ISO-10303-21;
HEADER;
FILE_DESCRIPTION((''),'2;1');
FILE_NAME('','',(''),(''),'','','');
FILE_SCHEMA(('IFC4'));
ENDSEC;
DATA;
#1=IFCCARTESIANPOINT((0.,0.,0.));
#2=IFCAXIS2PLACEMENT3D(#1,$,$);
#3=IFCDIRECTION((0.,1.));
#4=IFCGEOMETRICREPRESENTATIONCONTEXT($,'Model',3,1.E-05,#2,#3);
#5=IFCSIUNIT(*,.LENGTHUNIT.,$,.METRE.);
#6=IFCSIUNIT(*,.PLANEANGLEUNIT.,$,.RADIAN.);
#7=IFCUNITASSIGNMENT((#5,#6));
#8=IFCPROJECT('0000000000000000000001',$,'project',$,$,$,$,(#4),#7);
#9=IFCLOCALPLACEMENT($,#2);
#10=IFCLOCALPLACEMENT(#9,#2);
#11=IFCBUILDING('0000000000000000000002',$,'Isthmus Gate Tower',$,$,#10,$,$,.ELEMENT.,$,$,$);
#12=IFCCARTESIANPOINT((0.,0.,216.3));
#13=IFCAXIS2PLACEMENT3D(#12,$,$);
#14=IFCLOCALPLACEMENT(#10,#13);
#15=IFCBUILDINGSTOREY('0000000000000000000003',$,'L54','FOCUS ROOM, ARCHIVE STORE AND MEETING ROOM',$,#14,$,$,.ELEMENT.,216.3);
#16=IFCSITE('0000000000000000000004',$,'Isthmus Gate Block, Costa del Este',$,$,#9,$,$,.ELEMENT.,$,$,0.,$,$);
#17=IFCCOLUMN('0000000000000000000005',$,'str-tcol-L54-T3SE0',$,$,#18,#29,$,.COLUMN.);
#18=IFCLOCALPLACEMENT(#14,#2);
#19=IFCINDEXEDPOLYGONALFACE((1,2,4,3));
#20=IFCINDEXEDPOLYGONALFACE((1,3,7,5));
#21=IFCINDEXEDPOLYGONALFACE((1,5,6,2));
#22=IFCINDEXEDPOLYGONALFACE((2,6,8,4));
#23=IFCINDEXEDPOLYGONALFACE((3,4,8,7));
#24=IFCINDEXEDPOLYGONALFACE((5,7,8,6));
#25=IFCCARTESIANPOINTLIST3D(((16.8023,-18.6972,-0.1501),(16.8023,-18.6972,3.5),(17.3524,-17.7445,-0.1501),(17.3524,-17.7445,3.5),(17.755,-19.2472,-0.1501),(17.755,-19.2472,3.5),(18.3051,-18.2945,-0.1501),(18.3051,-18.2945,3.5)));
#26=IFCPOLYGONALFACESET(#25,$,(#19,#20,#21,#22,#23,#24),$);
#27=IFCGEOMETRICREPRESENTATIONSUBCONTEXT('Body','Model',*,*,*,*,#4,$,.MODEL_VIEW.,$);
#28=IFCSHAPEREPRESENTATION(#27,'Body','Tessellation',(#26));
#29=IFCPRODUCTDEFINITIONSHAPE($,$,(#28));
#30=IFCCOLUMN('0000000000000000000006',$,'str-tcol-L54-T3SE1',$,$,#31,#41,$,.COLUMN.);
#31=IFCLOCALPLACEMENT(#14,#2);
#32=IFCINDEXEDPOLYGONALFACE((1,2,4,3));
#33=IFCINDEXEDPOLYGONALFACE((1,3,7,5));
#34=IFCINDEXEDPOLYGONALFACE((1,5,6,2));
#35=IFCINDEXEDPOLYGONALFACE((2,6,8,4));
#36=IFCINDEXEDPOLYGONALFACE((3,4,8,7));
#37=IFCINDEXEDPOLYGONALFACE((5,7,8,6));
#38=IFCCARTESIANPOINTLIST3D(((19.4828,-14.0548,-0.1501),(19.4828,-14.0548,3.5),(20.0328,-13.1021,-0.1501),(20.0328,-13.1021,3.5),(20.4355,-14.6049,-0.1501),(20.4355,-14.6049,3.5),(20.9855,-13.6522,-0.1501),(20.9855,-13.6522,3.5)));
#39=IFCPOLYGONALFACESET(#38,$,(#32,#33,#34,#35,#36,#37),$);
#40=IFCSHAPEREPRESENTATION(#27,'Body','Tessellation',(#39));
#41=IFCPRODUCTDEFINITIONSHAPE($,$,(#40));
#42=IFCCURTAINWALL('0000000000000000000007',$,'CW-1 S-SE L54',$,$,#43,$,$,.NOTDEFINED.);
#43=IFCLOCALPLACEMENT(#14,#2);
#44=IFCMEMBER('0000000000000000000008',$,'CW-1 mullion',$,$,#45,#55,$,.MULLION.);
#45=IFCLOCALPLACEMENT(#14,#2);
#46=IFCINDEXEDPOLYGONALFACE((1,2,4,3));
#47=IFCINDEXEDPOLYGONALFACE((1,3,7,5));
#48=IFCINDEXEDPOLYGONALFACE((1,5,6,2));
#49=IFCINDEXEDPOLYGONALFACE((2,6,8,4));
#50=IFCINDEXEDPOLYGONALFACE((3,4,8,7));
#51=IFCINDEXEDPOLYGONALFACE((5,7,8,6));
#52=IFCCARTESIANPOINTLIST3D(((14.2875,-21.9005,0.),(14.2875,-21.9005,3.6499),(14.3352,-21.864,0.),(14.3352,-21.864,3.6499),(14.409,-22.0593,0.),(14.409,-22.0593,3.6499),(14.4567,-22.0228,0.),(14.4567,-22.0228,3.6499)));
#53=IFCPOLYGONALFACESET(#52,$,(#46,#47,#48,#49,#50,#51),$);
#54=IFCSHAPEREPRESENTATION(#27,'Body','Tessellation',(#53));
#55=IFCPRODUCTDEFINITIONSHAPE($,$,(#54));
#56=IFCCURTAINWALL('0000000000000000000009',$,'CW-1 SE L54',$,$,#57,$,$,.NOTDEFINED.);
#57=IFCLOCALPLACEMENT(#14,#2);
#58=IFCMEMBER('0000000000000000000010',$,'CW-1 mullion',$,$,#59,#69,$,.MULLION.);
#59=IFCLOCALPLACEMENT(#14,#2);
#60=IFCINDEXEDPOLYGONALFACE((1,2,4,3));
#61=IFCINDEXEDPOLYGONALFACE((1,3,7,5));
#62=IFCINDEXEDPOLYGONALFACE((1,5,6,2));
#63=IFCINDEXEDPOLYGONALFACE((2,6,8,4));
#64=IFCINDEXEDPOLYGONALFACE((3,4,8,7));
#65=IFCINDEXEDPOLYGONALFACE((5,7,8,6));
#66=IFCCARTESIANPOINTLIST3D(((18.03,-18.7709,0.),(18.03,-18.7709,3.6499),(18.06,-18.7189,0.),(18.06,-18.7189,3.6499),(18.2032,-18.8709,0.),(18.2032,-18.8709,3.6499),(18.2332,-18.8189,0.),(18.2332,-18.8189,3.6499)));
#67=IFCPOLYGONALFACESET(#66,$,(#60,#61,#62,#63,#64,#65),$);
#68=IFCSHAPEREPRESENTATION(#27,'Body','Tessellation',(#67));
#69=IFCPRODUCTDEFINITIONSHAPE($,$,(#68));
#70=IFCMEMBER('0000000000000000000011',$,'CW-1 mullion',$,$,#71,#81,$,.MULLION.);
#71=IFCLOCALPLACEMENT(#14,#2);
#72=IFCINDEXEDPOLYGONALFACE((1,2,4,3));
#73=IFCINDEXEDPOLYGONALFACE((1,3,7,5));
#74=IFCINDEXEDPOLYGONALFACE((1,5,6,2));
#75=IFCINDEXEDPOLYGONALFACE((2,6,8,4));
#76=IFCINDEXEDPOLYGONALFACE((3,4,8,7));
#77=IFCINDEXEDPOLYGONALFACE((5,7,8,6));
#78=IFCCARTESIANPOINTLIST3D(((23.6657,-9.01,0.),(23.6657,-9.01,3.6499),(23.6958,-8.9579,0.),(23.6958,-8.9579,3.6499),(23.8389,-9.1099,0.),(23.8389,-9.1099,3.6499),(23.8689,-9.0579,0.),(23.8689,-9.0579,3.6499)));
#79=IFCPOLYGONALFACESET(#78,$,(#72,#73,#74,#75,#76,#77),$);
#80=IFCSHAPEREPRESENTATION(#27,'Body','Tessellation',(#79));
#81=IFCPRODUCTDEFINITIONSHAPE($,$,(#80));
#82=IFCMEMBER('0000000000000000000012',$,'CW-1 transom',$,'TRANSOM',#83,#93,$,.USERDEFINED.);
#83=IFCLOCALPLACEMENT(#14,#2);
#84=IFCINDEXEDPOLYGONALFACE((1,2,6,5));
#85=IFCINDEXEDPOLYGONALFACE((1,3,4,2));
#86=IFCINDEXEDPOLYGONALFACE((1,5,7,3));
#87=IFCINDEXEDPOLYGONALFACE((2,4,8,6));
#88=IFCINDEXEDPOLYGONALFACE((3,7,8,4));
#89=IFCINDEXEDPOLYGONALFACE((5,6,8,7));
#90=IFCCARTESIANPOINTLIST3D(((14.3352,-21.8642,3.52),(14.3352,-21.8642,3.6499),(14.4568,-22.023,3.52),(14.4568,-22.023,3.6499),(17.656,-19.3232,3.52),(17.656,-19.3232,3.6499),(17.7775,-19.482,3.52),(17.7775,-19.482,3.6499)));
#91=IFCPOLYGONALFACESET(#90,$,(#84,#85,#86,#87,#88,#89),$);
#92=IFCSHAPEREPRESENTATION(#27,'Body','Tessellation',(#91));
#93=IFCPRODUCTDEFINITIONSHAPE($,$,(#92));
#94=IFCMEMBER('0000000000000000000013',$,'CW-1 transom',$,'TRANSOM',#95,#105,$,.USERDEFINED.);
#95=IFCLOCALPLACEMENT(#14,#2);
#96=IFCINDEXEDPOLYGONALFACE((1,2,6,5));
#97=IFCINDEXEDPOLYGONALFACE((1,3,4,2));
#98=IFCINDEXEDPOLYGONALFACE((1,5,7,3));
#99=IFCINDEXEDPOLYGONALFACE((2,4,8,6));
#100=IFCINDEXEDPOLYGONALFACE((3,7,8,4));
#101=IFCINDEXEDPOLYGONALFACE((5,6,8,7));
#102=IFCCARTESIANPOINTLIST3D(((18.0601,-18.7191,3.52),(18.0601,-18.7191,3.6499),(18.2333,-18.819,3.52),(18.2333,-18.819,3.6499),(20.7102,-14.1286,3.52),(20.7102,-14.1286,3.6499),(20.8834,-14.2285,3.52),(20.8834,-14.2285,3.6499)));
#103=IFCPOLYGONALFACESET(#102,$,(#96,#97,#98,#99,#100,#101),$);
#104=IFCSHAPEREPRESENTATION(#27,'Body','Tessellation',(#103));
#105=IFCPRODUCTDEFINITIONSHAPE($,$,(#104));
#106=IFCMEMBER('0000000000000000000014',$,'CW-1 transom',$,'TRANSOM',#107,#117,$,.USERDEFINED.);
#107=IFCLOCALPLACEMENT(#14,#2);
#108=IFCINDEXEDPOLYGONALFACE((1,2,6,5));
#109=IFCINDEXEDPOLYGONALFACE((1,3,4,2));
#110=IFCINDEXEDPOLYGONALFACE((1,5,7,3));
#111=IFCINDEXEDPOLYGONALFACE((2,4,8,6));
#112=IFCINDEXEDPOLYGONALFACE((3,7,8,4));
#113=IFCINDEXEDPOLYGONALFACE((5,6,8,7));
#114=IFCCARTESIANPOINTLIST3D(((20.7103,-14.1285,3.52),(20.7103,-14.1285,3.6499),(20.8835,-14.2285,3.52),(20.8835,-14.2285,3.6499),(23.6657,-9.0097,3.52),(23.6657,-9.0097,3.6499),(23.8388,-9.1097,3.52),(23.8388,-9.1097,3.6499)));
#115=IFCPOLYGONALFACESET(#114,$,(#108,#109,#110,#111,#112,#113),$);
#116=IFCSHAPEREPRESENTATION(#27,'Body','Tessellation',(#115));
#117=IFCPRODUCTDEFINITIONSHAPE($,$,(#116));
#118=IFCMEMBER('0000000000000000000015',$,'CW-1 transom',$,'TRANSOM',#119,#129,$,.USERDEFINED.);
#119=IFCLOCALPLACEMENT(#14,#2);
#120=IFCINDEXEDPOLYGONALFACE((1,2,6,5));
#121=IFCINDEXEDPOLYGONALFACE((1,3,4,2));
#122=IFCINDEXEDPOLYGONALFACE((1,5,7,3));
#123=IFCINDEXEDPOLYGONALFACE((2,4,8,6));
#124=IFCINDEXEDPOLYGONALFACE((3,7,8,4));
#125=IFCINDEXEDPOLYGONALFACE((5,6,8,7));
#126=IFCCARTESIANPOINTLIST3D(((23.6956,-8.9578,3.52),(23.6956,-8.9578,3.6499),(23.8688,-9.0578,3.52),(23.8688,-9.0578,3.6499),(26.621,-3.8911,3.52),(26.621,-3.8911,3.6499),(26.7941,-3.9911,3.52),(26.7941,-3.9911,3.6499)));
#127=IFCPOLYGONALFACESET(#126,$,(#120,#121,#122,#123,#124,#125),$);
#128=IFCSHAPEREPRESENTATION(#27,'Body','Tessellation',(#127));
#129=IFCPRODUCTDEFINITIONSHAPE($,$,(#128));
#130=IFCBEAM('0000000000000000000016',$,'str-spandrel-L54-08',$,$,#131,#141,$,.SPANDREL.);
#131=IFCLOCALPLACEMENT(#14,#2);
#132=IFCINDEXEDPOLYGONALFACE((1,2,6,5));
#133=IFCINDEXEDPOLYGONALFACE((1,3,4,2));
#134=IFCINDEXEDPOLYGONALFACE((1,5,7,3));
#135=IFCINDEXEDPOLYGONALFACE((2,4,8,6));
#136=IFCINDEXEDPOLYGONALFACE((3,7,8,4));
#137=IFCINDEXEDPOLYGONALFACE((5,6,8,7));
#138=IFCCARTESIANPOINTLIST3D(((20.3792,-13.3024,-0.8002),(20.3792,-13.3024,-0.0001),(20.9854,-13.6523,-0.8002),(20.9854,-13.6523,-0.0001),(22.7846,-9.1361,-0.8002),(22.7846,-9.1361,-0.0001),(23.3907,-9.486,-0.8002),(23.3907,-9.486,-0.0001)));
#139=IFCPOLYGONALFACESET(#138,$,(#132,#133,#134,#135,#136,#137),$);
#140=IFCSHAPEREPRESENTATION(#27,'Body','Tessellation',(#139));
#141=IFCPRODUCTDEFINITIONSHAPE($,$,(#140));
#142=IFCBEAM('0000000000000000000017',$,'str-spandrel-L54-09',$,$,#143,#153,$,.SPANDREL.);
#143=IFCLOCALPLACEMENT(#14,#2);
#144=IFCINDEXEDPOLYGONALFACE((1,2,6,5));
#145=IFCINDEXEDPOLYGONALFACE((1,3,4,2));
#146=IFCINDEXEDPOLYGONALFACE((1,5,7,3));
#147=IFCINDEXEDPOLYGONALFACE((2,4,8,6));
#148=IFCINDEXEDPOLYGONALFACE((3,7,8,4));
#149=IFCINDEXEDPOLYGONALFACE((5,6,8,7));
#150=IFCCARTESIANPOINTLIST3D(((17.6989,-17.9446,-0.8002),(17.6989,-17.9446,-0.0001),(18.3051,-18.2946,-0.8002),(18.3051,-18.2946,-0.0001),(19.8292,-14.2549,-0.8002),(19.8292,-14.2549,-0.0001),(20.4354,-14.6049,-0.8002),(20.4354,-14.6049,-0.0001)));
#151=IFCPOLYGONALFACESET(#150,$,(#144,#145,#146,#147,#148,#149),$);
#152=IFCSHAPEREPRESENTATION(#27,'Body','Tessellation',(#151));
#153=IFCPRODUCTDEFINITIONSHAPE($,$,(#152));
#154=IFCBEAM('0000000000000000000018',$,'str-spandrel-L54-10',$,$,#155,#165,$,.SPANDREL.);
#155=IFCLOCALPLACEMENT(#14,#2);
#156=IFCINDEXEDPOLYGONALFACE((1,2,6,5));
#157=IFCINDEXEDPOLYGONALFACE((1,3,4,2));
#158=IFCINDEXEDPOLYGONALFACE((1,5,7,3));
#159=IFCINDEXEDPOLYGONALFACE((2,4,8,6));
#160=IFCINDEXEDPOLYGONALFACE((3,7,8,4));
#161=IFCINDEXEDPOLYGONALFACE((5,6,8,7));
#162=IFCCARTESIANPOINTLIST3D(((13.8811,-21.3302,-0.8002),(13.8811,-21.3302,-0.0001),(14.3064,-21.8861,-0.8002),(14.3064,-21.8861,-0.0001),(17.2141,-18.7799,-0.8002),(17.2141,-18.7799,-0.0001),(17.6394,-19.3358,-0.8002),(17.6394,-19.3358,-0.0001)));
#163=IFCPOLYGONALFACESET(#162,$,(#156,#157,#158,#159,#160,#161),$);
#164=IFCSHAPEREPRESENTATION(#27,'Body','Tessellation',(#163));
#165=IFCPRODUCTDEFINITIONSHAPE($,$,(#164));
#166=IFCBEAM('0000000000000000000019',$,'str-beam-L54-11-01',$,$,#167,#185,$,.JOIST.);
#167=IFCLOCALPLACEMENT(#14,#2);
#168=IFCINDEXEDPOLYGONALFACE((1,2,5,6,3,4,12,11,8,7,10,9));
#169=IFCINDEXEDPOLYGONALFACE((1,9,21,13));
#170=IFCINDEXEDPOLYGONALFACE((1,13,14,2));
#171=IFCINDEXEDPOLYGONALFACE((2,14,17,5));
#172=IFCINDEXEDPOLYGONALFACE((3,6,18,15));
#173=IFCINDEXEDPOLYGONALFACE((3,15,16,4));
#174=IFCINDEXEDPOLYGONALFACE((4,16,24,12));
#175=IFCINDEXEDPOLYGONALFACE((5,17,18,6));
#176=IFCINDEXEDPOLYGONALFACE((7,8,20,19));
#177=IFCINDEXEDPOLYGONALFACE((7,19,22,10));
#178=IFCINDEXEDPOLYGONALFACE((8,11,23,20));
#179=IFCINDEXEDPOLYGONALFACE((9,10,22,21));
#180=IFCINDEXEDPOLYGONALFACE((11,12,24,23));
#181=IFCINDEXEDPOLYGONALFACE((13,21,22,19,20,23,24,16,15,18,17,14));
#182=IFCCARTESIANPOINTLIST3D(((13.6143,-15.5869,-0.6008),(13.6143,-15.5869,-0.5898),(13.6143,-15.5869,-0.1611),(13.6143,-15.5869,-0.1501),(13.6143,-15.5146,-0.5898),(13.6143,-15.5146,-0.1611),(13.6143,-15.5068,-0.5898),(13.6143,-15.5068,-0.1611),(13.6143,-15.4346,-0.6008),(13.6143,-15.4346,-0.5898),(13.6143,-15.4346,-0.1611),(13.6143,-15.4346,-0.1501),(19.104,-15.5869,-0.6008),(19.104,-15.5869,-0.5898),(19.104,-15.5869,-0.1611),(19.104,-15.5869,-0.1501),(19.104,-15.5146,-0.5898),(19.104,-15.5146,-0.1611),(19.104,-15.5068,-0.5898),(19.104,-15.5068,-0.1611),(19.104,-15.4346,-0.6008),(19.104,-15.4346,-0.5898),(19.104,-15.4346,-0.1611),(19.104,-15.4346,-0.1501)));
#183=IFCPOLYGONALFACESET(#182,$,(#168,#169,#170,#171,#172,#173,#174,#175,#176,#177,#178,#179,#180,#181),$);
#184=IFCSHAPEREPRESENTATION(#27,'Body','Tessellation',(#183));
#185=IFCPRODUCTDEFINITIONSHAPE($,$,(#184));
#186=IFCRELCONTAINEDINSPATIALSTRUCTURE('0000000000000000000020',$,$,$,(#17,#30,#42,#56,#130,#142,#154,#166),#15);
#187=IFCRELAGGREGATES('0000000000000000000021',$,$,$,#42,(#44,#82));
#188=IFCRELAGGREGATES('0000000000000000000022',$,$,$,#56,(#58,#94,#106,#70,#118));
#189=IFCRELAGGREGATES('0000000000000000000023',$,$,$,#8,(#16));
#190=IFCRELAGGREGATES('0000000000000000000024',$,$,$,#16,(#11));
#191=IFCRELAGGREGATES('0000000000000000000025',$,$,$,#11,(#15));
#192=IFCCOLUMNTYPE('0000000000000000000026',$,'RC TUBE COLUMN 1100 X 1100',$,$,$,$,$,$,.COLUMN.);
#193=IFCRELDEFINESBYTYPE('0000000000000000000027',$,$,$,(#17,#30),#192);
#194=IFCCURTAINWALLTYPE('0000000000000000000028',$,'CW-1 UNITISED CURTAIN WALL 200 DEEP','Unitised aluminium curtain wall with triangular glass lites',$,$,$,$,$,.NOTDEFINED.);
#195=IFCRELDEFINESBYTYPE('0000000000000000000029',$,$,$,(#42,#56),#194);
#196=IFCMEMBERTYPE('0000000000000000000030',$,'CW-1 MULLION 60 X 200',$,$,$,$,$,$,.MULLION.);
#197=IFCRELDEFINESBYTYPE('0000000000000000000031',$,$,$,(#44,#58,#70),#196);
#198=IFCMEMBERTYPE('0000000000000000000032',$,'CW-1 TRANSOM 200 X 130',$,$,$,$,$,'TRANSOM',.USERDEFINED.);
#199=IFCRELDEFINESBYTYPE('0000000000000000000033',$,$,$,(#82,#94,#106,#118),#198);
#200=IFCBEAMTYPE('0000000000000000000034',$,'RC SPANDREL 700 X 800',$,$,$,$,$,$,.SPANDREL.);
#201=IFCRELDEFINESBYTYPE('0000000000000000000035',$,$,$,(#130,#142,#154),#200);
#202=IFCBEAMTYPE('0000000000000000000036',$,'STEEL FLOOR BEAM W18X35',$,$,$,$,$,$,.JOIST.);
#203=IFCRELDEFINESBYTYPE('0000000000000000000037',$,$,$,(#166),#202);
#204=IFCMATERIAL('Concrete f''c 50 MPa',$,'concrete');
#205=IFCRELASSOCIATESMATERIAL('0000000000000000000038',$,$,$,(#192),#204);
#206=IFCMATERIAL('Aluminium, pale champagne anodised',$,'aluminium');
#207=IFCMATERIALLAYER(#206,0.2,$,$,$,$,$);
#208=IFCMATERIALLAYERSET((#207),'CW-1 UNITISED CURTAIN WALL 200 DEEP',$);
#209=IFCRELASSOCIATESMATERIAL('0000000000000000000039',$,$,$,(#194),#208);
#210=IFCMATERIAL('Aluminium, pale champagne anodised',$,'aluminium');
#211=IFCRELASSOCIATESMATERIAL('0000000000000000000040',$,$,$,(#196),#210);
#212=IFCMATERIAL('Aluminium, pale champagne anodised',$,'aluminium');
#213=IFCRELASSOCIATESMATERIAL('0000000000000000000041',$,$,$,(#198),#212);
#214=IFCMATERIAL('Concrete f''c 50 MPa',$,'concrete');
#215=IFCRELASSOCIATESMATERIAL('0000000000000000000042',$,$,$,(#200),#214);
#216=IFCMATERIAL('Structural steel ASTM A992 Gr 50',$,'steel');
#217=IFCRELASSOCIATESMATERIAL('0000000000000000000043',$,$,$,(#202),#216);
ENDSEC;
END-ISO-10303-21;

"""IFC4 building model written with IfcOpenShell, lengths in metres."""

from ifc_helpers import new_model, si_unit, direction, frame, origin, origin_2d, place, context, subcontext, project, spatial, rectangle, i_section, extrude, material, layer, layer_set, material_profile, profile_set, type_object, element, aggregate, save


model = new_model("IFC4")

# Units and contexts
model_context = context("Model", 3, precision=1e-05, world=origin(), true_north=direction((0.0, 1.0)))
body_context = subcontext(model_context, "Body", "Model", "MODEL_VIEW")
ifc_project = project(units=[si_unit("LENGTHUNIT", "METRE"), si_unit("PLANEANGLEUNIT", "RADIAN")], contexts=[model_context])

# Site, building, storey
site_placement = place(None, origin())
site = spatial("IfcSite", under=ifc_project, at=site_placement, Name="Isthmus Gate Block, Costa del Este", CompositionType="ELEMENT", RefElevation=0.0)
building_placement = place(site_placement, origin())
building = spatial("IfcBuilding", under=site, at=building_placement, Name="Isthmus Gate Tower", CompositionType="ELEMENT")
storey_placement = place(building_placement, frame((0.0, 0.0, 216.3)))
storey = spatial("IfcBuildingStorey", under=building, at=storey_placement, Name="L54", Description="FOCUS ROOM, ARCHIVE STORE AND MEETING ROOM", CompositionType="ELEMENT", Elevation=216.3)

# Columns
ifc_material_1 = material(Name="Concrete f'c 50 MPa", Category="concrete")
ifc_material_profile_1 = material_profile(ifc_material_1, rectangle(XDim=1.1001, YDim=1.1001, at=origin_2d()), Name="RC 1100X1100")
ifc_profile_set_1 = profile_set([ifc_material_profile_1], Name="Concrete f'c 50 MPa")
column_type = type_object("IfcColumnType", Name="RC TUBE COLUMN 1100 X 1100", PredefinedType="COLUMN", material=ifc_profile_set_1)
for number, where, z_axis, x_axis, name in (
    (1, (17.5537, -18.4958, -0.1501), (0.0, 0.0, 1.0), (0.5, 0.866025, 0.0), "str-tcol-L54-T3SE0"),
    (2, (20.2341, -13.8535, -0.1501), (0.0, 0.0, 1.0), (0.5, 0.866025, 0.0), "str-tcol-L54-T3SE1"),
):
    element("IfcColumn", number, at=place(storey_placement, frame(where, z_axis=z_axis, x_axis=x_axis)), inside=storey, type_object=column_type, Name=name, PredefinedType="COLUMN", context=body_context, shape_type="SweptSolid", body=[
        extrude(rectangle(XDim=1.1001, YDim=1.1001, at=origin_2d()), origin(), (0.0, 0.0, 1.0), 3.6501),
    ])

# Curtain wall, member
ifc_material_2 = material(Name="Aluminium, pale champagne anodised", Category="aluminium")
ifc_layer_1 = layer(ifc_material_2, 0.2)
ifc_layer_set_1 = layer_set([ifc_layer_1], Name="CW-1 UNITISED CURTAIN WALL 200 DEEP")
curtain_wall_type = type_object("IfcCurtainWallType", Name="CW-1 UNITISED CURTAIN WALL 200 DEEP", Description="Unitised aluminium curtain wall with triangular glass lites", PredefinedType="NOTDEFINED", material=ifc_layer_set_1)
curtain_wall_1_placement = place(storey_placement, origin())
curtain_wall_1 = element("IfcCurtainWall", 3, at=curtain_wall_1_placement, inside=storey, type_object=curtain_wall_type, Name="CW-1 S-SE L54", PredefinedType="NOTDEFINED")
ifc_material_3 = material(Name="Aluminium, pale champagne anodised", Category="aluminium")
ifc_material_profile_2 = material_profile(ifc_material_3, rectangle(XDim=0.0601, YDim=0.2, at=origin_2d()), Name="60x200")
ifc_profile_set_2 = profile_set([ifc_material_profile_2], Name="Aluminium, pale champagne anodised")
member_type_1 = type_object("IfcMemberType", Name="CW-1 MULLION 60 X 200", PredefinedType="MULLION", material=ifc_profile_set_2)
member_1_placement = place(storey_placement, frame((14.3721, -21.9617, 0.0), z_axis=(0.0, 0.0, 1.0), x_axis=(0.794189, 0.607671, 0.0)))
member_1 = element("IfcMember", 4, at=member_1_placement, type_object=member_type_1, Name="CW-1 mullion", PredefinedType="MULLION", context=body_context, shape_type="SweptSolid", body=[
    extrude(rectangle(XDim=0.0601, YDim=0.2, at=origin_2d()), origin(), (0.0, 0.0, 1.0), 3.6499),
])

# Curtain wall, members
curtain_wall_2_placement = place(storey_placement, origin())
curtain_wall_2 = element("IfcCurtainWall", 5, at=curtain_wall_2_placement, inside=storey, type_object=curtain_wall_type, Name="CW-1 SE L54", PredefinedType="NOTDEFINED")
member_2_placement = place(storey_placement, frame((18.1316, -18.7949, 0.0), z_axis=(0.0, 0.0, 1.0), x_axis=(0.5, 0.866025, 0.0)))
member_2 = element("IfcMember", 6, at=member_2_placement, type_object=member_type_1, Name="CW-1 mullion", PredefinedType="MULLION", context=body_context, shape_type="SweptSolid", body=[
    extrude(rectangle(XDim=0.0601, YDim=0.2, at=origin_2d()), origin(), (0.0, 0.0, 1.0), 3.6499),
])
member_3_placement = place(storey_placement, frame((23.7673, -9.0339, 0.0), z_axis=(0.0, 0.0, 1.0), x_axis=(0.5, 0.866025, 0.0)))
member_3 = element("IfcMember", 7, at=member_3_placement, type_object=member_type_1, Name="CW-1 mullion", PredefinedType="MULLION", context=body_context, shape_type="SweptSolid", body=[
    extrude(rectangle(XDim=0.0601, YDim=0.2, at=origin_2d()), origin(), (0.0, 0.0, 1.0), 3.6499),
])

# Members
ifc_material_4 = material(Name="Aluminium, pale champagne anodised", Category="aluminium")
ifc_material_profile_3 = material_profile(ifc_material_4, rectangle(XDim=0.2, YDim=0.1299, at=origin_2d()), Name="200x130")
ifc_profile_set_3 = profile_set([ifc_material_profile_3], Name="Aluminium, pale champagne anodised")
member_type_2 = type_object("IfcMemberType", Name="CW-1 TRANSOM 200 X 130", ElementType="TRANSOM", PredefinedType="USERDEFINED", material=ifc_profile_set_3)
member_4_placement = place(storey_placement, frame((14.396, -21.9436, 3.585), z_axis=(0.794175, 0.607688, 0.0), x_axis=(-0.607688, 0.794175, 0.0)))
member_4 = element("IfcMember", 8, at=member_4_placement, type_object=member_type_2, Name="CW-1 transom", ObjectType="TRANSOM", PredefinedType="USERDEFINED", context=body_context, shape_type="SweptSolid", body=[
    extrude(rectangle(XDim=0.2, YDim=0.1299, at=origin_2d()), origin(), (0.0, 0.0, 1.0), 4.1814),
])
member_5_placement = place(storey_placement, frame((18.1467, -18.769, 3.585), z_axis=(0.499968, 0.866044, 0.0), x_axis=(-0.866044, 0.499968, 0.0)))
member_5 = element("IfcMember", 9, at=member_5_placement, type_object=member_type_2, Name="CW-1 transom", ObjectType="TRANSOM", PredefinedType="USERDEFINED", context=body_context, shape_type="SweptSolid", body=[
    extrude(rectangle(XDim=0.2, YDim=0.1299, at=origin_2d()), origin(), (0.0, 0.0, 1.0), 5.3005),
])
member_6_placement = place(storey_placement, frame((20.7969, -14.1785, 3.585), z_axis=(0.500008, 0.86602, 0.0), x_axis=(-0.86602, 0.500008, 0.0)))
member_6 = element("IfcMember", 10, at=member_6_placement, type_object=member_type_2, Name="CW-1 transom", ObjectType="TRANSOM", PredefinedType="USERDEFINED", context=body_context, shape_type="SweptSolid", body=[
    extrude(rectangle(XDim=0.2, YDim=0.1299, at=origin_2d()), origin(), (0.0, 0.0, 1.0), 5.9106),
])
member_7_placement = place(storey_placement, frame((23.7822, -9.0078, 3.585), z_axis=(0.500008, 0.866021, 0.0), x_axis=(-0.866021, 0.500008, 0.0)))
member_7 = element("IfcMember", 11, at=member_7_placement, type_object=member_type_2, Name="CW-1 transom", ObjectType="TRANSOM", PredefinedType="USERDEFINED", context=body_context, shape_type="SweptSolid", body=[
    extrude(rectangle(XDim=0.2, YDim=0.1299, at=origin_2d()), origin(), (0.0, 0.0, 1.0), 5.8506),
])

# Beams
ifc_material_5 = material(Name="Concrete f'c 50 MPa", Category="concrete")
ifc_material_profile_4 = material_profile(ifc_material_5, rectangle(XDim=0.7, YDim=0.8, at=origin_2d()), Name="RC 700X800")
ifc_profile_set_4 = profile_set([ifc_material_profile_4], Name="Concrete f'c 50 MPa")
beam_type_1 = type_object("IfcBeamType", Name="RC SPANDREL 700 X 800", PredefinedType="SPANDREL", material=ifc_profile_set_4)
beam_1_placement = place(storey_placement, frame((23.0876, -9.311, -0.4001), z_axis=(-0.499982, -0.866036, 0.0), x_axis=(0.866036, -0.499982, 0.0)))
element("IfcBeam", 12, at=beam_1_placement, inside=storey, type_object=beam_type_1, Name="str-spandrel-L54-08", PredefinedType="SPANDREL", context=body_context, shape_type="SweptSolid", body=[
    extrude(rectangle(XDim=0.7, YDim=0.8, at=origin_2d()), origin(), (0.0, 0.0, 1.0), 4.8108),
])
beam_2_placement = place(storey_placement, frame((20.1323, -14.4299, -0.4001), z_axis=(-0.500022, -0.866013, 0.0), x_axis=(0.866013, -0.500022, 0.0)))
element("IfcBeam", 13, at=beam_2_placement, inside=storey, type_object=beam_type_1, Name="str-spandrel-L54-09", PredefinedType="SPANDREL", context=body_context, shape_type="SweptSolid", body=[
    extrude(rectangle(XDim=0.7, YDim=0.8, at=origin_2d()), origin(), (0.0, 0.0, 1.0), 4.2605),
])
beam_3_placement = place(storey_placement, frame((17.4268, -19.0579, -0.4001), z_axis=(-0.794183, -0.607679, 0.0), x_axis=(0.607679, -0.794183, 0.0)))
element("IfcBeam", 14, at=beam_3_placement, inside=storey, type_object=beam_type_1, Name="str-spandrel-L54-10", PredefinedType="SPANDREL", context=body_context, shape_type="SweptSolid", body=[
    extrude(rectangle(XDim=0.7, YDim=0.8, at=origin_2d()), origin(), (0.0, 0.0, 1.0), 4.1968),
])
ifc_material_6 = material(Name="Structural steel ASTM A992 Gr 50", Category="steel")
ifc_material_profile_5 = material_profile(ifc_material_6, i_section(OverallWidth=0.1523, OverallDepth=0.4507, WebThickness=0.0078, FlangeThickness=0.011, at=origin_2d()), Name="W18X35")
ifc_profile_set_5 = profile_set([ifc_material_profile_5], Name="Structural steel ASTM A992 Gr 50")
beam_type_2 = type_object("IfcBeamType", Name="STEEL FLOOR BEAM W18X35", PredefinedType="JOIST", material=ifc_profile_set_5)
beam_4_placement = place(storey_placement, frame((13.6143, -15.5107, -0.3755), z_axis=(1.0, 0.0, 0.0), x_axis=(0.0, 1.0, 0.0)))
element("IfcBeam", 15, at=beam_4_placement, inside=storey, type_object=beam_type_2, Name="str-beam-L54-11-01", PredefinedType="JOIST", context=body_context, shape_type="SweptSolid", body=[
    extrude(i_section(OverallWidth=0.1523, OverallDepth=0.4507, WebThickness=0.0078, FlangeThickness=0.011, at=origin_2d()), origin(), (0.0, 0.0, 1.0), 5.4897),
])

aggregate(curtain_wall_1, [member_1, member_4])
aggregate(curtain_wall_2, [member_2, member_5, member_6, member_3, member_7])

save(model, "model.ifc")
